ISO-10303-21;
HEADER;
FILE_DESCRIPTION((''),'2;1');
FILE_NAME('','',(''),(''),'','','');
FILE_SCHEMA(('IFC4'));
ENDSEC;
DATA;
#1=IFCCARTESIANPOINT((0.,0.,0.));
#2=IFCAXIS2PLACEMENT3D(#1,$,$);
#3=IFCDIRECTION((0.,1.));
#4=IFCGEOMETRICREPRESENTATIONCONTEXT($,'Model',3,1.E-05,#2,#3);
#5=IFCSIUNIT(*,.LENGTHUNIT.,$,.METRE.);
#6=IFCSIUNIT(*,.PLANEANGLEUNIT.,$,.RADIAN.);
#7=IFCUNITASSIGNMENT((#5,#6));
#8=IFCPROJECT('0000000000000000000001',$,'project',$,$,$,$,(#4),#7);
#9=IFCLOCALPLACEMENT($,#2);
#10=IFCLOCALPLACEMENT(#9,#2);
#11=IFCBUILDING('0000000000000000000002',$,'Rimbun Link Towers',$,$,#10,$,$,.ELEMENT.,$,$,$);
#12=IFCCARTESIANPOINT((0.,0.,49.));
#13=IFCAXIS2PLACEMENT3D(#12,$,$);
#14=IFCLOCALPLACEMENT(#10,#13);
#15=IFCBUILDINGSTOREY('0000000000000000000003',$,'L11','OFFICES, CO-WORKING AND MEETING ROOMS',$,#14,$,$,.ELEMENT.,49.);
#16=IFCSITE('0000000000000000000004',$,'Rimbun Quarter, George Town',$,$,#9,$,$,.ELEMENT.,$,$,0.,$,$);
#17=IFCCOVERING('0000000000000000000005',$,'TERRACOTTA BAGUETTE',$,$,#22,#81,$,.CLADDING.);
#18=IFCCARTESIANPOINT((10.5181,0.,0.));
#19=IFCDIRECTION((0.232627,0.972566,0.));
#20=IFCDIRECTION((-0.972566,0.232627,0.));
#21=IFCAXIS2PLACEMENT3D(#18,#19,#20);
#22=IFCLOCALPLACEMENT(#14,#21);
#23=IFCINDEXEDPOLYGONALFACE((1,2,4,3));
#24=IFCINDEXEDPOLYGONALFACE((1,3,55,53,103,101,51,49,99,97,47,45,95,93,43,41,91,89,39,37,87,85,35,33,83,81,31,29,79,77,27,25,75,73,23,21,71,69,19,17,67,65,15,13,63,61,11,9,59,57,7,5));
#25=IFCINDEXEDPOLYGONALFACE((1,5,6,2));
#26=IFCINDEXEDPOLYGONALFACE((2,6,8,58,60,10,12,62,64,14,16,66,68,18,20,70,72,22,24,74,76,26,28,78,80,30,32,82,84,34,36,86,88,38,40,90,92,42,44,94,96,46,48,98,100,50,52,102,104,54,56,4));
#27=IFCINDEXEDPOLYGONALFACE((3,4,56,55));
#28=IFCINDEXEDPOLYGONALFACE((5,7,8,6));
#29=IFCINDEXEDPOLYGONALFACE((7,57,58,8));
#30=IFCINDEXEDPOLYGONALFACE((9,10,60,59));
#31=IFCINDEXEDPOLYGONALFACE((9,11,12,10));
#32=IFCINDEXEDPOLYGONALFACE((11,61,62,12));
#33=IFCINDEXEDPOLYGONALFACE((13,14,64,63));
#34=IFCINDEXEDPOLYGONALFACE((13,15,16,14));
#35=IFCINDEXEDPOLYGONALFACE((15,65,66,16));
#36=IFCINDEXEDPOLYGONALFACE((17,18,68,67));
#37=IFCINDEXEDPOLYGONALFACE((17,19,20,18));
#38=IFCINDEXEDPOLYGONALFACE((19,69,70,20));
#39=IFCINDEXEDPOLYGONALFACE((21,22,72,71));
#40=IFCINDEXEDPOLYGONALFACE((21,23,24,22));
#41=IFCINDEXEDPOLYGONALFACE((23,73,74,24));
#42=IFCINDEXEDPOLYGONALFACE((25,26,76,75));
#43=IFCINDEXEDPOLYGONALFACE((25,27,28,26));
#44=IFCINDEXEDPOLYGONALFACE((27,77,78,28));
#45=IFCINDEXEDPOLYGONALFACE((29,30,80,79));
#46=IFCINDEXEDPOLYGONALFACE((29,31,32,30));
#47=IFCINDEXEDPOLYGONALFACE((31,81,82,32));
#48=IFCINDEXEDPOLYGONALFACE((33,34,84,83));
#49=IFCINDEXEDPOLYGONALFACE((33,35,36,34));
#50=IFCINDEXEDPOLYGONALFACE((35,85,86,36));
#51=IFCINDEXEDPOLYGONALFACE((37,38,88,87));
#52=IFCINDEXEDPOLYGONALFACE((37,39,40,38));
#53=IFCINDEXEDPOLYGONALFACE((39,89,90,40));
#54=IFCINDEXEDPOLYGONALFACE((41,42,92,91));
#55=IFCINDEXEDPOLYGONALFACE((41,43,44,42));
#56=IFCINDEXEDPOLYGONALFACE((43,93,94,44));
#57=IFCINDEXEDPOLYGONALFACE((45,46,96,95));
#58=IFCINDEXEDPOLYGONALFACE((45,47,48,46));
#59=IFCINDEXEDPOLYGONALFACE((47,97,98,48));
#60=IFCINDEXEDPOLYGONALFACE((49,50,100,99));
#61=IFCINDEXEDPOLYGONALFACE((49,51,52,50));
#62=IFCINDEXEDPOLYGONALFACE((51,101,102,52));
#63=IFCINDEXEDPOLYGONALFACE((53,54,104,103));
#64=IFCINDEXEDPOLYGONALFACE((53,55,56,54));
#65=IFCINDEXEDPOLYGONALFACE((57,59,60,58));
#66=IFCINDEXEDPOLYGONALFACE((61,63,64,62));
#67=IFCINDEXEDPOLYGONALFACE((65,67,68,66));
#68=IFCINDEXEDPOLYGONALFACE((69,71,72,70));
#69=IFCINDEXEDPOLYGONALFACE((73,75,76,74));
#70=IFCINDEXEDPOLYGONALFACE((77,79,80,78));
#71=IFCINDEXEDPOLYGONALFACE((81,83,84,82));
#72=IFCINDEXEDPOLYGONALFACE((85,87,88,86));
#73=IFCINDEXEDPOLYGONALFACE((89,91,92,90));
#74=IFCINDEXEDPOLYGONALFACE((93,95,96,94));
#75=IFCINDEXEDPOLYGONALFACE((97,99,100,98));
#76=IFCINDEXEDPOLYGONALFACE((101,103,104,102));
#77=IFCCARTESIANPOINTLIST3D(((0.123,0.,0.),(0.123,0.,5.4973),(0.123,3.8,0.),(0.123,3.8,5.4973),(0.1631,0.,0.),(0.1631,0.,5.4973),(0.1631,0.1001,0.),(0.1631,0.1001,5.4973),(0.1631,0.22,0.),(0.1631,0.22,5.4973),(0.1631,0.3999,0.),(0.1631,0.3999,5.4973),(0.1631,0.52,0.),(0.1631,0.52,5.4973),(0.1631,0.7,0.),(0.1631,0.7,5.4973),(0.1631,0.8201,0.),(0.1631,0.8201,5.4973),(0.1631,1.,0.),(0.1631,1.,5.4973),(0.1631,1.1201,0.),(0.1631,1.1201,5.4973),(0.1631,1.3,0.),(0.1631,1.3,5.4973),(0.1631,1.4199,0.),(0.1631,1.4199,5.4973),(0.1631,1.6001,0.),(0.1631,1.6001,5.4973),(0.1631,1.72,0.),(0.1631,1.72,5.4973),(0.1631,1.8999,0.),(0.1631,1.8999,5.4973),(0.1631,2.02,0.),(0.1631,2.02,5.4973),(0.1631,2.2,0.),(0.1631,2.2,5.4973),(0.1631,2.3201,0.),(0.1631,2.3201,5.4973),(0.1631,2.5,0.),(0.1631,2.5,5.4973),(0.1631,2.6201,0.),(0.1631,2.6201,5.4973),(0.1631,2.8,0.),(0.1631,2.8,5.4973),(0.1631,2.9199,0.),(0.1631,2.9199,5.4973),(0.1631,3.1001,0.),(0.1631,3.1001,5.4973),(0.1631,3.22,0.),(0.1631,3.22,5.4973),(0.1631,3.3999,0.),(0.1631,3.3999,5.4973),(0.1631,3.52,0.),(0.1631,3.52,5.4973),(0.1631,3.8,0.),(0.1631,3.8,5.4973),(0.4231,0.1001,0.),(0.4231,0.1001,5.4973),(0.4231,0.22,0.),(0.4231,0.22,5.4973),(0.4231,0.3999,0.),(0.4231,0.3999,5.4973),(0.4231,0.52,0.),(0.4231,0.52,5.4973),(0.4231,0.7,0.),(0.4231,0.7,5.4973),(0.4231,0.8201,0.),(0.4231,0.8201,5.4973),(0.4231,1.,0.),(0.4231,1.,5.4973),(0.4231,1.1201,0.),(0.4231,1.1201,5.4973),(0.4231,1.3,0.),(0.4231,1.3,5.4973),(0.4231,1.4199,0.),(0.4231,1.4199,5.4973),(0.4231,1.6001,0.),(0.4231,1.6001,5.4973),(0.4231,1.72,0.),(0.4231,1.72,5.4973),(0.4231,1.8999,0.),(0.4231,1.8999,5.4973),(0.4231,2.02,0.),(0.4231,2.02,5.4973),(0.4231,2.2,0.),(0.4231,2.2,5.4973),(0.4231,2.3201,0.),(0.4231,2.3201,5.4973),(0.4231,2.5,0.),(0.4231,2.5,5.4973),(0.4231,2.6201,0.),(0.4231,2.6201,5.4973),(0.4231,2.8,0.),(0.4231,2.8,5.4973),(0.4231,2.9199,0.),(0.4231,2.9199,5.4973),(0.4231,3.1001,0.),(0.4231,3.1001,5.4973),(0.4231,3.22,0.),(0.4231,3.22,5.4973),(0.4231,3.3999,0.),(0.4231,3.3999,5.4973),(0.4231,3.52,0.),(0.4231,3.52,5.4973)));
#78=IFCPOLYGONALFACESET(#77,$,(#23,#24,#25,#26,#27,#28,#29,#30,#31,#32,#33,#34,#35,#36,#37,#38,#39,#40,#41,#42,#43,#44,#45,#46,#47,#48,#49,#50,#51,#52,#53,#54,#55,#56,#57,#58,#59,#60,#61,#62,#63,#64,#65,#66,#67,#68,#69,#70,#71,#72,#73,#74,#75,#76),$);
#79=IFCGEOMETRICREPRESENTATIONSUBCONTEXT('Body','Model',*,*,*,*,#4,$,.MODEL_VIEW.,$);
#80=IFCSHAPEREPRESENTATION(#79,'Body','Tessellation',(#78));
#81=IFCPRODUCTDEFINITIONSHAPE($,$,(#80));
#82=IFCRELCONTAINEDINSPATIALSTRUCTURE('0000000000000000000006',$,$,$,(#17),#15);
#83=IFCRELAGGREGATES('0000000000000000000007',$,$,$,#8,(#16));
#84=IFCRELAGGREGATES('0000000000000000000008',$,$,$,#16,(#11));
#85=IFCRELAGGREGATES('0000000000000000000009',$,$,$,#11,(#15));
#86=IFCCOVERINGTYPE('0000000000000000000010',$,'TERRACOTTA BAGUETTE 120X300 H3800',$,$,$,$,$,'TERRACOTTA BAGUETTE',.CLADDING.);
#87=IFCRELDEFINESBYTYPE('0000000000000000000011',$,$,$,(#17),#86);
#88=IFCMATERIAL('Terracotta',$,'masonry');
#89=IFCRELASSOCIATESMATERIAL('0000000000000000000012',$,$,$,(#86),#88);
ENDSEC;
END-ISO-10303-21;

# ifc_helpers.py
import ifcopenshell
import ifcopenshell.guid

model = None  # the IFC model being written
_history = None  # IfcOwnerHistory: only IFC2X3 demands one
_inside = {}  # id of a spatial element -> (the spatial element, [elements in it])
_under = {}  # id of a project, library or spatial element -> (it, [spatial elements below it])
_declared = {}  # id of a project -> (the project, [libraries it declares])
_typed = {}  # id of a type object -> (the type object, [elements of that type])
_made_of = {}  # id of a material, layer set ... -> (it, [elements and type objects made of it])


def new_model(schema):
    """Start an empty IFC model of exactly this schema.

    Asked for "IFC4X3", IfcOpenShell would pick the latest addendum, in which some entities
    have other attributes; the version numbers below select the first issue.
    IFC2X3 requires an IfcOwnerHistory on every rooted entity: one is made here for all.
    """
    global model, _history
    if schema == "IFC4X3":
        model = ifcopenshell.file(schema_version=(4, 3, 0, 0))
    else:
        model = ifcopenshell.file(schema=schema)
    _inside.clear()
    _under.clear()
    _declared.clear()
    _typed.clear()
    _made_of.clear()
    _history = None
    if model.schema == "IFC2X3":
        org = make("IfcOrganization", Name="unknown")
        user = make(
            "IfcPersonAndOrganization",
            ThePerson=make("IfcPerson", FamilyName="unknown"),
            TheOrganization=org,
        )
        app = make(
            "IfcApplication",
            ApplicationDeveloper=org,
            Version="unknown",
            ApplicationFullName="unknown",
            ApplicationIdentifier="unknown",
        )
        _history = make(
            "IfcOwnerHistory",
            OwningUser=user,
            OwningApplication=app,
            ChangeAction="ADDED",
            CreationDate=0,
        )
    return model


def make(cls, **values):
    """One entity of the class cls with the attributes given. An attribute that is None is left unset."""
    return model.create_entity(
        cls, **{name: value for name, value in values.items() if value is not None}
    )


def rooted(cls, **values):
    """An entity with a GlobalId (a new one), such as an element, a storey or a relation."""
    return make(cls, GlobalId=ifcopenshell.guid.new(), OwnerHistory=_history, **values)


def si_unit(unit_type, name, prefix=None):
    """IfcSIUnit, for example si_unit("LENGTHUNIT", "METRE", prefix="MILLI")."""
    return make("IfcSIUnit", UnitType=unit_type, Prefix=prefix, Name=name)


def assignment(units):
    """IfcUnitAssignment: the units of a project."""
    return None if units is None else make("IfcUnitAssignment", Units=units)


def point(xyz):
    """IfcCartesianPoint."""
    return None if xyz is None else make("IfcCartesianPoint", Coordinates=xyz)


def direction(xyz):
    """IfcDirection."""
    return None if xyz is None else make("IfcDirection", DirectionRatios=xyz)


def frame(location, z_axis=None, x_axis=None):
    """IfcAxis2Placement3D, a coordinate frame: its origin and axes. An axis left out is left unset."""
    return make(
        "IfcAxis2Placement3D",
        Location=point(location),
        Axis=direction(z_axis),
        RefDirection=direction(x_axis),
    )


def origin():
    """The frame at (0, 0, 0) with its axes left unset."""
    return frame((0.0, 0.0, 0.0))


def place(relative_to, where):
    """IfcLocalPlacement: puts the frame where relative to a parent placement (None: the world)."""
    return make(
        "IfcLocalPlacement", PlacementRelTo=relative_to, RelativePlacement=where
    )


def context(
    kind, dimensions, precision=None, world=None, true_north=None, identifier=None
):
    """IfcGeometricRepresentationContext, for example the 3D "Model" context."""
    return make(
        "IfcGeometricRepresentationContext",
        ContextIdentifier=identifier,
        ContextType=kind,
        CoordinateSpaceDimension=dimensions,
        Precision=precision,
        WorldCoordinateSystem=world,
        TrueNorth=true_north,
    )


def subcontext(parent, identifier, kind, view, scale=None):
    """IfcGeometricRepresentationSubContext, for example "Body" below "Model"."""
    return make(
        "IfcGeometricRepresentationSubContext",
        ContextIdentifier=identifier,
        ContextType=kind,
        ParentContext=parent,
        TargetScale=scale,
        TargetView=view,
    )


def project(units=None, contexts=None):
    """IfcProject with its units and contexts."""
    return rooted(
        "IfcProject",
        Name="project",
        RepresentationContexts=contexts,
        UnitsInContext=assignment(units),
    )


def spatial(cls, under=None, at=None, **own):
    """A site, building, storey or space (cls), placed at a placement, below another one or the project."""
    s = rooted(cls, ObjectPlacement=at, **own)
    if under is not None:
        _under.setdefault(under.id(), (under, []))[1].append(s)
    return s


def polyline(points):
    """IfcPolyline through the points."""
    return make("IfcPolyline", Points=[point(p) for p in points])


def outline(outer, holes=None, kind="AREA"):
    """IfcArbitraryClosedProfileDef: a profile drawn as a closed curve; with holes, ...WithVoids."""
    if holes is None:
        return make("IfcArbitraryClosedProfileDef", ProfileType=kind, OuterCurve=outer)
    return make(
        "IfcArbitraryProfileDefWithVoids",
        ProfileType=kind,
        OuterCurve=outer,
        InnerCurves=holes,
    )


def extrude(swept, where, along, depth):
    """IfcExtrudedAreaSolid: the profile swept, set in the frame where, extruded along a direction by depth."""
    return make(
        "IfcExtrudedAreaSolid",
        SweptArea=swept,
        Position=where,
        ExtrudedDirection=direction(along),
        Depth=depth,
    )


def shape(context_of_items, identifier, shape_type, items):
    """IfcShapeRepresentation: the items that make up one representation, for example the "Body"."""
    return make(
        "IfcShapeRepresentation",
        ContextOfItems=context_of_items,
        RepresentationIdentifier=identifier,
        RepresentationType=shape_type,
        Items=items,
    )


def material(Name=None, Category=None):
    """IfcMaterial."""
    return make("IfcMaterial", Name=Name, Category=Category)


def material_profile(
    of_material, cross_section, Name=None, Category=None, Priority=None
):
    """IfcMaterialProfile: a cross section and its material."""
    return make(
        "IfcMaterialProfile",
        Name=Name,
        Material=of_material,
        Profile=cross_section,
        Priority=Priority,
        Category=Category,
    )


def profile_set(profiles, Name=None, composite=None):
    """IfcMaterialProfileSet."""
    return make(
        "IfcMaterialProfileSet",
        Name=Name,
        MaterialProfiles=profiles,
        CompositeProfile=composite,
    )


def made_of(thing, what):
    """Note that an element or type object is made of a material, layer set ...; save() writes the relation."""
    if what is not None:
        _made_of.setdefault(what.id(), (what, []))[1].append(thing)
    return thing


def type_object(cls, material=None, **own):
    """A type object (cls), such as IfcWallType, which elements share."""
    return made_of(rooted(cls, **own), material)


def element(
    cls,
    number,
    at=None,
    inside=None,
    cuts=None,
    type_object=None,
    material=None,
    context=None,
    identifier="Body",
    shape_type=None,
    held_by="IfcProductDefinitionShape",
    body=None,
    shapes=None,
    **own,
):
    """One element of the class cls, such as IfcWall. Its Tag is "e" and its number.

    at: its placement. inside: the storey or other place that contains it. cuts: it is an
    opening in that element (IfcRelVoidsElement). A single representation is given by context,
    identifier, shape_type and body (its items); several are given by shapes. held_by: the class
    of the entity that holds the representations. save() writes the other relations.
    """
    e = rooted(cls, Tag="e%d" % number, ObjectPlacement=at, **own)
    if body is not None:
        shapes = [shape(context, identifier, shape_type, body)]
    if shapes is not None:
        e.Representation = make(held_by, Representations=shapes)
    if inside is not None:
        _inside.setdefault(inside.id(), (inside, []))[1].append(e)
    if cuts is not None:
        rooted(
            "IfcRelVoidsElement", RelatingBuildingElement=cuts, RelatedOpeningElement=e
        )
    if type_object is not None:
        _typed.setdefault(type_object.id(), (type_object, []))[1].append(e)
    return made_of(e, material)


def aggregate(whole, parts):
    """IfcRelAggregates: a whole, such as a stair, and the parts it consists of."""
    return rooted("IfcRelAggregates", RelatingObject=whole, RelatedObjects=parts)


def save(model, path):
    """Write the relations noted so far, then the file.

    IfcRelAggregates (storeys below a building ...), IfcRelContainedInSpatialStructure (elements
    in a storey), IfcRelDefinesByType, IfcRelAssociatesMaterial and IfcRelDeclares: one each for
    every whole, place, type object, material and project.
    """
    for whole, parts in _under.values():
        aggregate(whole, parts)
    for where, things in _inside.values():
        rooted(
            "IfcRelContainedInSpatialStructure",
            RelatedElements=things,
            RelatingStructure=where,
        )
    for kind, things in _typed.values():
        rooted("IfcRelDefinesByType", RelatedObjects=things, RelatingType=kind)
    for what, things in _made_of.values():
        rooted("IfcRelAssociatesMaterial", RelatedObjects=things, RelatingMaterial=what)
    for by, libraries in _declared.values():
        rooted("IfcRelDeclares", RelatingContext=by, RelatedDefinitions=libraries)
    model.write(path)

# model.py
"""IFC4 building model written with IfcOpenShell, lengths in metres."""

from ifc_helpers import new_model, si_unit, direction, frame, origin, place, context, subcontext, project, spatial, polyline, outline, extrude, material, material_profile, profile_set, type_object, element, save


model = new_model("IFC4")

# Units and contexts
model_context = context("Model", 3, precision=1e-05, world=origin(), true_north=direction((0.0, 1.0)))
body_context = subcontext(model_context, "Body", "Model", "MODEL_VIEW")
ifc_project = project(units=[si_unit("LENGTHUNIT", "METRE"), si_unit("PLANEANGLEUNIT", "RADIAN")], contexts=[model_context])

# Site, building, storey
site_placement = place(None, origin())
site = spatial("IfcSite", under=ifc_project, at=site_placement, Name="Rimbun Quarter, George Town", CompositionType="ELEMENT", RefElevation=0.0)
building_placement = place(site_placement, origin())
building = spatial("IfcBuilding", under=site, at=building_placement, Name="Rimbun Link Towers", CompositionType="ELEMENT")
storey_placement = place(building_placement, frame((0.0, 0.0, 49.0)))
storey = spatial("IfcBuildingStorey", under=building, at=storey_placement, Name="L11", Description="OFFICES, CO-WORKING AND MEETING ROOMS", CompositionType="ELEMENT", Elevation=49.0)

# Covering
ifc_material_1 = material(Name="Terracotta", Category="masonry")
ifc_material_profile_1 = material_profile(ifc_material_1, outline(polyline([(0.123, 0.0), (0.1631, 0.0), (0.1631, 0.1001), (0.4231, 0.1001), (0.4231, 0.22), (0.1631, 0.22), (0.1631, 0.3999), (0.4231, 0.3999), (0.4231, 0.52), (0.1631, 0.52), (0.1631, 0.7), (0.4231, 0.7), (0.4231, 0.8201), (0.1631, 0.8201), (0.1631, 1.0), (0.4231, 1.0), (0.4231, 1.1201), (0.1631, 1.1201), (0.1631, 1.3), (0.4231, 1.3), (0.4231, 1.4199), (0.1631, 1.4199), (0.1631, 1.6001), (0.4231, 1.6001), (0.4231, 1.72), (0.1631, 1.72), (0.1631, 1.8999), (0.4231, 1.8999), (0.4231, 2.02), (0.1631, 2.02), (0.1631, 2.2), (0.4231, 2.2), (0.4231, 2.3201), (0.1631, 2.3201), (0.1631, 2.5), (0.4231, 2.5), (0.4231, 2.6201), (0.1631, 2.6201), (0.1631, 2.8), (0.4231, 2.8), (0.4231, 2.9199), (0.1631, 2.9199), (0.1631, 3.1001), (0.4231, 3.1001), (0.4231, 3.22), (0.1631, 3.22), (0.1631, 3.3999), (0.4231, 3.3999), (0.4231, 3.52), (0.1631, 3.52), (0.1631, 3.8), (0.123, 3.8), (0.123, 0.0)])), Name="BAGUETTE 120X300")
ifc_profile_set_1 = profile_set([ifc_material_profile_1], Name="Terracotta")
covering_type = type_object("IfcCoveringType", Name="TERRACOTTA BAGUETTE 120X300 H3800", ElementType="TERRACOTTA BAGUETTE", PredefinedType="CLADDING", material=ifc_profile_set_1)
covering_1_placement = place(storey_placement, frame((10.5181, 0.0, 0.0), z_axis=(0.232627, 0.972566, 0.0), x_axis=(-0.972566, 0.232627, 0.0)))
element("IfcCovering", 1, at=covering_1_placement, inside=storey, type_object=covering_type, Name="TERRACOTTA BAGUETTE", PredefinedType="CLADDING", context=body_context, shape_type="SweptSolid", body=[
    extrude(outline(polyline([(0.123, 0.0), (0.1631, 0.0), (0.1631, 0.1001), (0.4231, 0.1001), (0.4231, 0.22), (0.1631, 0.22), (0.1631, 0.3999), (0.4231, 0.3999), (0.4231, 0.52), (0.1631, 0.52), (0.1631, 0.7), (0.4231, 0.7), (0.4231, 0.8201), (0.1631, 0.8201), (0.1631, 1.0), (0.4231, 1.0), (0.4231, 1.1201), (0.1631, 1.1201), (0.1631, 1.3), (0.4231, 1.3), (0.4231, 1.4199), (0.1631, 1.4199), (0.1631, 1.6001), (0.4231, 1.6001), (0.4231, 1.72), (0.1631, 1.72), (0.1631, 1.8999), (0.4231, 1.8999), (0.4231, 2.02), (0.1631, 2.02), (0.1631, 2.2), (0.4231, 2.2), (0.4231, 2.3201), (0.1631, 2.3201), (0.1631, 2.5), (0.4231, 2.5), (0.4231, 2.6201), (0.1631, 2.6201), (0.1631, 2.8), (0.4231, 2.8), (0.4231, 2.9199), (0.1631, 2.9199), (0.1631, 3.1001), (0.4231, 3.1001), (0.4231, 3.22), (0.1631, 3.22), (0.1631, 3.3999), (0.4231, 3.3999), (0.4231, 3.52), (0.1631, 3.52), (0.1631, 3.8), (0.123, 3.8), (0.123, 0.0)])), origin(), (0.0, 0.0, 1.0), 5.4973),
])

save(model, "model.ifc")
